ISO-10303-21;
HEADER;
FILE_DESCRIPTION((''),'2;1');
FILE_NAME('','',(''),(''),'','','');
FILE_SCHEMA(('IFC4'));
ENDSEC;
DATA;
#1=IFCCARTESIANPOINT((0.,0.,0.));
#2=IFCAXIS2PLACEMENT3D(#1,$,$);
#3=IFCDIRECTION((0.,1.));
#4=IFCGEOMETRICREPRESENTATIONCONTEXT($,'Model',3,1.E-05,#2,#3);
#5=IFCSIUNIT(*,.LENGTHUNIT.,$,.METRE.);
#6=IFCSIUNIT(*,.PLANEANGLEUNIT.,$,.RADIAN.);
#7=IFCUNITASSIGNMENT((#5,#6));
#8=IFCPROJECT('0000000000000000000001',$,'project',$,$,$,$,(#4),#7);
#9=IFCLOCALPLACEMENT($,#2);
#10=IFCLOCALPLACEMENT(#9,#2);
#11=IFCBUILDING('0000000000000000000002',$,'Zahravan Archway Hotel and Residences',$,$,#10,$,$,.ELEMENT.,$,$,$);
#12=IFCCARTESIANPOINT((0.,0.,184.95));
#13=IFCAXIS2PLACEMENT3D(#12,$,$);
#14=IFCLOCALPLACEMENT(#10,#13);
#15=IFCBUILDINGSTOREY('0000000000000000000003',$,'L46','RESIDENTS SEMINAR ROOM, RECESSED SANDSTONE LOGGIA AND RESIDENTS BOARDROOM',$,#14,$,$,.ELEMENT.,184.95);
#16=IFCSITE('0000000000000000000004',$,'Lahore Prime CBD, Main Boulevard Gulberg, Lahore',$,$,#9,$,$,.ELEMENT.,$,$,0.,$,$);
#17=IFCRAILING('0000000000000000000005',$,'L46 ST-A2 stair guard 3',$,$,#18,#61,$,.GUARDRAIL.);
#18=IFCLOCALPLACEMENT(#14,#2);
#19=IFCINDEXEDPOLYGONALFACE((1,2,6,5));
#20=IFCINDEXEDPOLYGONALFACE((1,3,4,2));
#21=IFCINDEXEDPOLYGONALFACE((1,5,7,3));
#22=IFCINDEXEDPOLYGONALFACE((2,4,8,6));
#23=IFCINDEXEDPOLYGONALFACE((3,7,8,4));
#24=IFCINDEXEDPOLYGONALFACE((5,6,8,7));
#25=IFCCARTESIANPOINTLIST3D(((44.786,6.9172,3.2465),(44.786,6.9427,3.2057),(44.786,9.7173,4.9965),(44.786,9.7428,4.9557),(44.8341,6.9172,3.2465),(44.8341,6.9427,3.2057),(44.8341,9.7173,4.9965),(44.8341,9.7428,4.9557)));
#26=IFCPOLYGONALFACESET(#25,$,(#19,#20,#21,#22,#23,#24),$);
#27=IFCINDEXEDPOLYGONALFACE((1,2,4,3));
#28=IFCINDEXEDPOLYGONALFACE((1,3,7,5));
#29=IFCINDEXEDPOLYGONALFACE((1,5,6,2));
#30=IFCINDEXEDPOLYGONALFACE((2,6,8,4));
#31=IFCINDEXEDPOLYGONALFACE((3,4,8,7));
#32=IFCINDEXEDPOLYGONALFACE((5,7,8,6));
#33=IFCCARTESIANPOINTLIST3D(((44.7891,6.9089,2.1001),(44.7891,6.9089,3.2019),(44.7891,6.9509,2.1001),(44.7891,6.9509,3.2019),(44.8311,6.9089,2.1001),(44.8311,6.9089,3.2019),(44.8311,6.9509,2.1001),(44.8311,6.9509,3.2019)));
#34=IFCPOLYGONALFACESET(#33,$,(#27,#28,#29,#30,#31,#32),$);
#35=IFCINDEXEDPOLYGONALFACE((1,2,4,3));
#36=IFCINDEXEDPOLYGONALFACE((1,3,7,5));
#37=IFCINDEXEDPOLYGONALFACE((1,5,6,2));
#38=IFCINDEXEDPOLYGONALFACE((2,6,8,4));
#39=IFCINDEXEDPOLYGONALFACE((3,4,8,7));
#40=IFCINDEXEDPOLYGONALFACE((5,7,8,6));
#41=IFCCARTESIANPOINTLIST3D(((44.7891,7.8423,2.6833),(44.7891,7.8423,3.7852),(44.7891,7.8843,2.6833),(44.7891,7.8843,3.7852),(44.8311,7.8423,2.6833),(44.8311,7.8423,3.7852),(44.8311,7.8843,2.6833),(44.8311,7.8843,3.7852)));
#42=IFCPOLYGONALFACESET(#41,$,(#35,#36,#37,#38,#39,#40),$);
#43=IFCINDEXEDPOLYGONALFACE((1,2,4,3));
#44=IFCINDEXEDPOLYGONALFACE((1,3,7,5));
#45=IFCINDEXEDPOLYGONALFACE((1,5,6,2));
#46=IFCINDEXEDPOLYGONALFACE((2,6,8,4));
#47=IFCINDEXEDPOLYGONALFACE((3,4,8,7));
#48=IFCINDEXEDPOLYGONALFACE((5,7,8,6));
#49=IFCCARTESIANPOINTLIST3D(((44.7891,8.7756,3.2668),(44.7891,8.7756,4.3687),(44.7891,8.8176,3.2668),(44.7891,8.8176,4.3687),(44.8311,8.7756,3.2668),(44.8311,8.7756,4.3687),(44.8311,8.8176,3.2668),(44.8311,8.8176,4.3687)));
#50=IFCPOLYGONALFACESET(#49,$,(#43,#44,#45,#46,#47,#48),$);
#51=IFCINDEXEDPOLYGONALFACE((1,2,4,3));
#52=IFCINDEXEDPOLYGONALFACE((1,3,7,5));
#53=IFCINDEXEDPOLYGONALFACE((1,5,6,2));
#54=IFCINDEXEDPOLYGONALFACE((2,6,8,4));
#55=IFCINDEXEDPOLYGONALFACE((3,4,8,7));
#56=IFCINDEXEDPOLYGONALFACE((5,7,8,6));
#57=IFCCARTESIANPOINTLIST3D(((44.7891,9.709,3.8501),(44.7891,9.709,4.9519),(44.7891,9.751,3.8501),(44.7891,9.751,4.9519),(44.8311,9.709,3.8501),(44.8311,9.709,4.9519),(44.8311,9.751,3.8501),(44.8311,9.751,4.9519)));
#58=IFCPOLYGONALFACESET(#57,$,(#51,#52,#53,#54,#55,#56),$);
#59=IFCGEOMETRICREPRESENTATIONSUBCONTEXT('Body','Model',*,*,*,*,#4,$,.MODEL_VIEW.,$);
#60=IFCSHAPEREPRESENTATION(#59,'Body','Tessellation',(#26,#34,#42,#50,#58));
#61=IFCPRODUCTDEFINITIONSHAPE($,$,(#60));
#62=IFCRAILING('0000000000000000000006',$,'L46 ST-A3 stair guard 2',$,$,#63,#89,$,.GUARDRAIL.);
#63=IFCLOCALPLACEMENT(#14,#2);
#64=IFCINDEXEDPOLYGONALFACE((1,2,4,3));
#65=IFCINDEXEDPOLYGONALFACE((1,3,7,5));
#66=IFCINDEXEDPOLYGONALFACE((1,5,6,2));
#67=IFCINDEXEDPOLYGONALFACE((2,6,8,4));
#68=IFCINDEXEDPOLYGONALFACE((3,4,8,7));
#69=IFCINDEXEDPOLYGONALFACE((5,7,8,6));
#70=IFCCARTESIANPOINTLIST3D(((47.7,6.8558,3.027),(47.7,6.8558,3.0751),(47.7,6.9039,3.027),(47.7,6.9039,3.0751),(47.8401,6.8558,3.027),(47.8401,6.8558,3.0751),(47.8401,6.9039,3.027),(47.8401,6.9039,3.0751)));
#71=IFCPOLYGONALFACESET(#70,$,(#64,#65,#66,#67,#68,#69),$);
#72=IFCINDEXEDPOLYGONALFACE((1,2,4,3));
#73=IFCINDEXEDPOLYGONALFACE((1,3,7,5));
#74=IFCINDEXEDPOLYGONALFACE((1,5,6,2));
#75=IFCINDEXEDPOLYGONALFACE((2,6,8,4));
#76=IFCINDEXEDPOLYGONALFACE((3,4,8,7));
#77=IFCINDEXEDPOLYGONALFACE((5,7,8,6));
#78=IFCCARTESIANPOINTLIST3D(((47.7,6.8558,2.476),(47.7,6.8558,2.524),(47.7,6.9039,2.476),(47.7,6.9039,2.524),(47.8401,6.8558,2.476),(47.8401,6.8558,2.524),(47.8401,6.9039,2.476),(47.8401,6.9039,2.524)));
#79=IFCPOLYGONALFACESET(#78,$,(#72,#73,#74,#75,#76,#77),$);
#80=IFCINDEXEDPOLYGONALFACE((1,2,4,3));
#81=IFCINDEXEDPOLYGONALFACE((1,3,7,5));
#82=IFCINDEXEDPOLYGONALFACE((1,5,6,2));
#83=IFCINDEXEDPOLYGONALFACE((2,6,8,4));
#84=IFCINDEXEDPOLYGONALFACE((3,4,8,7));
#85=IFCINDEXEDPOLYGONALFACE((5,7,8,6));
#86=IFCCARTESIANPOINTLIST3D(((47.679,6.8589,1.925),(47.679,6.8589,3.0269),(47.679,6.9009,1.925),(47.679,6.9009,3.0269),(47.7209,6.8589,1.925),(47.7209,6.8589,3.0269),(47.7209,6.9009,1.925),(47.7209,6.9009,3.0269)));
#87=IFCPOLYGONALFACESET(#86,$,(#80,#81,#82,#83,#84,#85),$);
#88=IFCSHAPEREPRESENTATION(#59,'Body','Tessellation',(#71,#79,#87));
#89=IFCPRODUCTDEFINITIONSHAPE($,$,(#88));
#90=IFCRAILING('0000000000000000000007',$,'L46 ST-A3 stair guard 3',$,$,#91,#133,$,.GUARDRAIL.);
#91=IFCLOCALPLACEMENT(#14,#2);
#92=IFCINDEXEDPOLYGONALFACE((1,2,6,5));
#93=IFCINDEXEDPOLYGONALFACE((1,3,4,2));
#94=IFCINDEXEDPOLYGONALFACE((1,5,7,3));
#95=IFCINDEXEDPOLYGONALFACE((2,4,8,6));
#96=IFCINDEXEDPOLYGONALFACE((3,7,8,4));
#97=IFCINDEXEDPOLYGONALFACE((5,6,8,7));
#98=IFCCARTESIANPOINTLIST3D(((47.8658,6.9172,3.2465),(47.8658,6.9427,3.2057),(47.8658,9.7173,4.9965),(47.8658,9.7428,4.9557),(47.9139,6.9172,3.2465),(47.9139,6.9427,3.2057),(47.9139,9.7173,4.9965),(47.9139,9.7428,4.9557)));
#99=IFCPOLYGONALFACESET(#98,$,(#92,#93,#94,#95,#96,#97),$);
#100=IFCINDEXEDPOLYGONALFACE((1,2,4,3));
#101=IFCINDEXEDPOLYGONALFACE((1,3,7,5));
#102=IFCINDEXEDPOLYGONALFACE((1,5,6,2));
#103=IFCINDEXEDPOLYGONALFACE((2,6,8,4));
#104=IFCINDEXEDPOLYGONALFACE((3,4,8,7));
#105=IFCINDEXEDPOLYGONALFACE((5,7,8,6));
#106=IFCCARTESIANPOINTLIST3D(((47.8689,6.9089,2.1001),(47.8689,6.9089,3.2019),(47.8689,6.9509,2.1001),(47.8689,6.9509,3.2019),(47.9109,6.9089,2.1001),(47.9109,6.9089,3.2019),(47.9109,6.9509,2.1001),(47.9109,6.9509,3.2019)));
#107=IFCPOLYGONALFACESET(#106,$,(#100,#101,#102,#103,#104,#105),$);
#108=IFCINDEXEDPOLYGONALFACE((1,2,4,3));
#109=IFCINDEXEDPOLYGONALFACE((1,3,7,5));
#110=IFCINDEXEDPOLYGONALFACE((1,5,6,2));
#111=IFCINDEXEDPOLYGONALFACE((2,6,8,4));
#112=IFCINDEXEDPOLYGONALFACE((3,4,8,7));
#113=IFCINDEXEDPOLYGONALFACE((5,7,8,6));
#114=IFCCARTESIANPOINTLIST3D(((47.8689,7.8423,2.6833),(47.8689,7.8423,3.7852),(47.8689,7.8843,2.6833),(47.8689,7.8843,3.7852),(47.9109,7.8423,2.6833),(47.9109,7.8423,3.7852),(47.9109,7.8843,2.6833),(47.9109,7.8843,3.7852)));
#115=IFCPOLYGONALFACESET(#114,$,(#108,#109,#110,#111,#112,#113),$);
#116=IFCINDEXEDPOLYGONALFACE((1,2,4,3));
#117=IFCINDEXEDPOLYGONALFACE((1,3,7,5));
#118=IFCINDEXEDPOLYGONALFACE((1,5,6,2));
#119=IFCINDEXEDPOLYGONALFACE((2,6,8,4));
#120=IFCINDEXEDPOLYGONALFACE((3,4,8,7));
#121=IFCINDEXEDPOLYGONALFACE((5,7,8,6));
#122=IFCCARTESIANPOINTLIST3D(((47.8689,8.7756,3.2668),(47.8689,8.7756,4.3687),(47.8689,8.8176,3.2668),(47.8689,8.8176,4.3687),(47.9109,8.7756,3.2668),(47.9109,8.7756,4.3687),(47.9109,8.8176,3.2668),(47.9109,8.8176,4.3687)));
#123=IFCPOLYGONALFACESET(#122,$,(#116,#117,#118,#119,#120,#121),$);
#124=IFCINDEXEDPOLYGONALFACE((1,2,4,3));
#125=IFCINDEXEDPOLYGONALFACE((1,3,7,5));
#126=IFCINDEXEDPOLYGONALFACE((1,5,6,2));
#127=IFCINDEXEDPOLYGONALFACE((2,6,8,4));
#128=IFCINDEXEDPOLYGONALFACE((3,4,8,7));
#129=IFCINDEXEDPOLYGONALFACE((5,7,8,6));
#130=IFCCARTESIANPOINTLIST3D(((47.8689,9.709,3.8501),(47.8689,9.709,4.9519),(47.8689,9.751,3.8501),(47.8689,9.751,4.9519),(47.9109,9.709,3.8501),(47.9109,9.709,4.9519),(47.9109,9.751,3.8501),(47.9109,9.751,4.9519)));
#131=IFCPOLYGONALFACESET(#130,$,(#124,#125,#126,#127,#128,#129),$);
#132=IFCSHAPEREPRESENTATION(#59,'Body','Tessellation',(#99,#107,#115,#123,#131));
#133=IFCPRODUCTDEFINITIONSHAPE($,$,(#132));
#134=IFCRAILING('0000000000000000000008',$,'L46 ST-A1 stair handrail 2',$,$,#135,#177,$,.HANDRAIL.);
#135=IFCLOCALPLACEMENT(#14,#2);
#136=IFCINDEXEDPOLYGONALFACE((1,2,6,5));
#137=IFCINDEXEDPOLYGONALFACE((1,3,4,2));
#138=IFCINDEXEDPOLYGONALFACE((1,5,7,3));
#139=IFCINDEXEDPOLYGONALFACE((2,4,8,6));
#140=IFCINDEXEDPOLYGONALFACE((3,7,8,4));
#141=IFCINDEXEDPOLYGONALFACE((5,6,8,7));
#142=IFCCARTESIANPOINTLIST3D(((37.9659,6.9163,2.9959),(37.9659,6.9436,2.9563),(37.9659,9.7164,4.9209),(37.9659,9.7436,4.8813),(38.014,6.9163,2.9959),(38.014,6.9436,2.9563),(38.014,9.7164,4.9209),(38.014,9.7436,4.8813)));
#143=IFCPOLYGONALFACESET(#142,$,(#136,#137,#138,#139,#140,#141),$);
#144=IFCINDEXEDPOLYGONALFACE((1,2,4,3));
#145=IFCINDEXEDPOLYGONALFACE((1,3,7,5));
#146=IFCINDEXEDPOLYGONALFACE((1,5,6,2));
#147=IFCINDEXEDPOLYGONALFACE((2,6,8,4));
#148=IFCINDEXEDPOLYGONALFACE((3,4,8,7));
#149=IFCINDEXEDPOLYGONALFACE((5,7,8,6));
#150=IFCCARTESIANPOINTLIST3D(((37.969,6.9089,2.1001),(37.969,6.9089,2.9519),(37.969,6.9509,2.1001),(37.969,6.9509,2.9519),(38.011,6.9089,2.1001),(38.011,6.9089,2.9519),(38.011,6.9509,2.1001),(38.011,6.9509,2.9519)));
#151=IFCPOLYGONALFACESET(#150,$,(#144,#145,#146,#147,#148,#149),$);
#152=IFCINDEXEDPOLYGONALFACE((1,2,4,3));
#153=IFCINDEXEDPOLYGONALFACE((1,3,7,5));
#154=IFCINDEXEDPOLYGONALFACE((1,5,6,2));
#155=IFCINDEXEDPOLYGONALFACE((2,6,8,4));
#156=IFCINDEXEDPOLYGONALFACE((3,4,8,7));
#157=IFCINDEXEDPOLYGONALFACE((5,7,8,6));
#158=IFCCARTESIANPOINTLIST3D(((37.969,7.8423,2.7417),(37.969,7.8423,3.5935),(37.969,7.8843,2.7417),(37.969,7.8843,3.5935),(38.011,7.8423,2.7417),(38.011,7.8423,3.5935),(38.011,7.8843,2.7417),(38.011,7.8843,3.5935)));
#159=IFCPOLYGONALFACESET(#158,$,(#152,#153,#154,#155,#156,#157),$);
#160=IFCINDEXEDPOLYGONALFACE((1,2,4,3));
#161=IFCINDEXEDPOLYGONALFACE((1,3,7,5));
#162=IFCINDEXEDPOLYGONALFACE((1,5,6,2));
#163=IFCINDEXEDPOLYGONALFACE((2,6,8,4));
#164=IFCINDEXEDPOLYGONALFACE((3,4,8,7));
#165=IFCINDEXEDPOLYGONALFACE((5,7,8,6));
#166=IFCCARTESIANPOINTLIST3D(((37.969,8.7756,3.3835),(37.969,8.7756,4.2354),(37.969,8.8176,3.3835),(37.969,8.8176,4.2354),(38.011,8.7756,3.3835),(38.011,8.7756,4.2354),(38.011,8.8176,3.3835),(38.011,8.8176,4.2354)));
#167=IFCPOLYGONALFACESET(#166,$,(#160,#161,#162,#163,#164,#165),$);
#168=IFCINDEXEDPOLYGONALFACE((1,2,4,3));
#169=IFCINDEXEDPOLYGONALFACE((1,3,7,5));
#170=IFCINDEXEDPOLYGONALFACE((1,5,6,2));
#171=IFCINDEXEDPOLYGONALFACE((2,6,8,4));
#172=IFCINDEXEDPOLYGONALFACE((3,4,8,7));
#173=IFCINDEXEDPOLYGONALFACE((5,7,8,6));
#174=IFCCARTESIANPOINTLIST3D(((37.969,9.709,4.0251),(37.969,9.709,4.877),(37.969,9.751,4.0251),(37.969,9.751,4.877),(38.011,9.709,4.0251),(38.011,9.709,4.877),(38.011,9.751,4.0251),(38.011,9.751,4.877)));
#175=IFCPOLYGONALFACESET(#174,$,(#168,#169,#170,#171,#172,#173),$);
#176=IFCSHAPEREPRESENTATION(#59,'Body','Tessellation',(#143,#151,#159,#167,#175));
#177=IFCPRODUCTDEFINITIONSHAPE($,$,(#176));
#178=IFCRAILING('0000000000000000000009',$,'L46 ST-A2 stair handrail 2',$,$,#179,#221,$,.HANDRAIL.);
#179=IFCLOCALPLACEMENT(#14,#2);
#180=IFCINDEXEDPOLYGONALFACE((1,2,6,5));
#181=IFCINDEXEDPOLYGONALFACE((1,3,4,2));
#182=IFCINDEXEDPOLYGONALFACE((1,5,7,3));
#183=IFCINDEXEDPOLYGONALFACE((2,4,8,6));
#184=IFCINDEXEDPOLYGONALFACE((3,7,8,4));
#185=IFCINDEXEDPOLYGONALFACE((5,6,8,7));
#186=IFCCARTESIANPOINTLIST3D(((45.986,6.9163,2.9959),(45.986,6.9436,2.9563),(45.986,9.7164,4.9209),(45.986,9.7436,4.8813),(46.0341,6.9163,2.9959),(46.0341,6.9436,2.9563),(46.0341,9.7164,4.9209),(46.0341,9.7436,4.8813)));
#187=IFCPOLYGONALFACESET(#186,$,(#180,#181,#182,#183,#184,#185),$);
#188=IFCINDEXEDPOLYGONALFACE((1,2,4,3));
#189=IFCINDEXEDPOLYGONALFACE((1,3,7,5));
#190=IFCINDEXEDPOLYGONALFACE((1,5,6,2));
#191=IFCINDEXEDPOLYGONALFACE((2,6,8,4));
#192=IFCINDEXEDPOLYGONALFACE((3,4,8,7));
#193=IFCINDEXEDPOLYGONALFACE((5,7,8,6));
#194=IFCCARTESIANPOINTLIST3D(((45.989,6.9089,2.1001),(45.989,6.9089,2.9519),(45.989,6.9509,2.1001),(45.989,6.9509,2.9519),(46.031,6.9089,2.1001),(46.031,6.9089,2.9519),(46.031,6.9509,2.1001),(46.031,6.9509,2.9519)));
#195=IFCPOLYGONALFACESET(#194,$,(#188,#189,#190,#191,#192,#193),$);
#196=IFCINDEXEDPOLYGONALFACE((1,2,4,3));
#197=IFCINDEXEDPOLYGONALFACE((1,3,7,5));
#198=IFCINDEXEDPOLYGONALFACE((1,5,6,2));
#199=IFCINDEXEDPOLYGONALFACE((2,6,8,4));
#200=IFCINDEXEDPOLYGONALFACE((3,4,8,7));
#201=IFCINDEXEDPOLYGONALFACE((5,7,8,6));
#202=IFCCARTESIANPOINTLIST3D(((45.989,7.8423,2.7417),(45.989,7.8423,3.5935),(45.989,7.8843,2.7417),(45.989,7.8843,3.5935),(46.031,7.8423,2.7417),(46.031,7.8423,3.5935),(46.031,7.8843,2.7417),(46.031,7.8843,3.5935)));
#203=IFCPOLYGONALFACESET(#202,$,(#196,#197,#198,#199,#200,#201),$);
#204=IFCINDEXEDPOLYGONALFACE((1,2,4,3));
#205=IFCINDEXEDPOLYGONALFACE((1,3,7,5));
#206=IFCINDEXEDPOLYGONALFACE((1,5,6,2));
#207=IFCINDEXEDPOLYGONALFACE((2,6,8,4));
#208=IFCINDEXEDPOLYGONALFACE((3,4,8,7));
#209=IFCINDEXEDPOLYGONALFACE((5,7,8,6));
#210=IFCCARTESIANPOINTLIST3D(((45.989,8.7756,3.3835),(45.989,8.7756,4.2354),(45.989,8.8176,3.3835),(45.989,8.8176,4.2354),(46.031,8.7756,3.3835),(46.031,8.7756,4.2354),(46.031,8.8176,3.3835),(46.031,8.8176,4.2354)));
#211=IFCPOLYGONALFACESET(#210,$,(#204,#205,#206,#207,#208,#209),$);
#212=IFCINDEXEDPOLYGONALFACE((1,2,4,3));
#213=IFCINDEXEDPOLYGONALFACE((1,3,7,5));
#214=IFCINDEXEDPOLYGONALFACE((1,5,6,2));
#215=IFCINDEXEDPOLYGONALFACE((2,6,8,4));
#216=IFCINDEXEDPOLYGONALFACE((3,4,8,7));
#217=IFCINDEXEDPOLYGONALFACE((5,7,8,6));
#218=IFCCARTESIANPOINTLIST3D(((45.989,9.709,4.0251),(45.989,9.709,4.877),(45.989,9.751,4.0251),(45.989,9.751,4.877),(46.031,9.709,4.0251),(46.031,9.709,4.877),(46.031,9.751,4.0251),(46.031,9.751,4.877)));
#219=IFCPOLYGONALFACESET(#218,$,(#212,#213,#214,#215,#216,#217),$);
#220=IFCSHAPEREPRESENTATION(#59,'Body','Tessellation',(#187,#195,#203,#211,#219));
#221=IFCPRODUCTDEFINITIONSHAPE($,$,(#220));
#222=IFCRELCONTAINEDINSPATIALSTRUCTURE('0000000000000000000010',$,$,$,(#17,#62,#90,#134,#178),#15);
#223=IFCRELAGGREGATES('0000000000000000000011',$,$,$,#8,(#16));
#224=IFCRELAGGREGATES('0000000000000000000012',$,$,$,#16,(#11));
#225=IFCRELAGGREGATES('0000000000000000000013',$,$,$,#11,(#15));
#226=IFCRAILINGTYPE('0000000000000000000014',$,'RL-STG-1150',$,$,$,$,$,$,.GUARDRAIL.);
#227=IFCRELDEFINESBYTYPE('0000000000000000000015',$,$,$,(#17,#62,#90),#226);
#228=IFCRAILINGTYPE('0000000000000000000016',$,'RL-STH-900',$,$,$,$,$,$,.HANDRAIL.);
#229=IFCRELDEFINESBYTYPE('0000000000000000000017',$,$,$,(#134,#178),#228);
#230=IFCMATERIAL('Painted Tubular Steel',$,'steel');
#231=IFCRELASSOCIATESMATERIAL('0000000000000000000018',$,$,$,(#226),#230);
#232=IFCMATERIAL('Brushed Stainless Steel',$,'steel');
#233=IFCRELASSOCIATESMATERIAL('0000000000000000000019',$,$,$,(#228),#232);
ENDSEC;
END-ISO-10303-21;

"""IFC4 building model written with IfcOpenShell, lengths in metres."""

from ifc_helpers import new_model, si_unit, direction, frame, origin, origin_2d, place, context, subcontext, project, spatial, rectangle, extrude, material, type_object, element, save


model = new_model("IFC4")

# Units and contexts
model_context = context("Model", 3, precision=1e-05, world=origin(), true_north=direction((0.0, 1.0)))
body_context = subcontext(model_context, "Body", "Model", "MODEL_VIEW")
ifc_project = project(units=[si_unit("LENGTHUNIT", "METRE"), si_unit("PLANEANGLEUNIT", "RADIAN")], contexts=[model_context])

# Site, building, storey
site_placement = place(None, origin())
site = spatial("IfcSite", under=ifc_project, at=site_placement, Name="Lahore Prime CBD, Main Boulevard Gulberg, Lahore", CompositionType="ELEMENT", RefElevation=0.0)
building_placement = place(site_placement, origin())
building = spatial("IfcBuilding", under=site, at=building_placement, Name="Zahravan Archway Hotel and Residences", CompositionType="ELEMENT")
storey_placement = place(building_placement, frame((0.0, 0.0, 184.95)))
storey = spatial("IfcBuildingStorey", under=building, at=storey_placement, Name="L46", Description="RESIDENTS SEMINAR ROOM, RECESSED SANDSTONE LOGGIA AND RESIDENTS BOARDROOM", CompositionType="ELEMENT", Elevation=184.95)

# Railings
ifc_material_1 = material(Name="Painted Tubular Steel", Category="steel")
railing_type_1 = type_object("IfcRailingType", Name="RL-STG-1150", PredefinedType="GUARDRAIL", material=ifc_material_1)
railing_1_placement = place(storey_placement, frame((44.8101, 6.9299, 2.1001)))
element("IfcRailing", 1, at=railing_1_placement, inside=storey, type_object=railing_type_1, Name="L46 ST-A2 stair guard 3", PredefinedType="GUARDRAIL", context=body_context, shape_type="SweptSolid", body=[
    extrude(rectangle(XDim=0.0481, YDim=0.0481, at=origin_2d()), frame((0.0, 0.0, 1.126), z_axis=(0.0, 0.848002, 0.529992), x_axis=(-1.0, 0.0, 0.0)), (0.0, 0.0, 1.0), 3.302),
    extrude(rectangle(XDim=0.042, YDim=0.042, at=origin_2d()), origin(), (0.0, 0.0, 1.0), 1.1018),
    extrude(rectangle(XDim=0.042, YDim=0.042, at=origin_2d()), frame((0.0, 0.9333, 0.5833)), (0.0, 0.0, 1.0), 1.1018),
    extrude(rectangle(XDim=0.042, YDim=0.042, at=origin_2d()), frame((0.0, 1.8667, 1.1667)), (0.0, 0.0, 1.0), 1.1018),
    extrude(rectangle(XDim=0.042, YDim=0.042, at=origin_2d()), frame((0.0, 2.8, 1.75)), (0.0, 0.0, 1.0), 1.1018),
])
railing_2_placement = place(storey_placement, frame((47.7, 6.8799, 1.925)))
element("IfcRailing", 2, at=railing_2_placement, inside=storey, type_object=railing_type_1, Name="L46 ST-A3 stair guard 2", PredefinedType="GUARDRAIL", context=body_context, shape_type="SweptSolid", body=[
    extrude(rectangle(XDim=0.0481, YDim=0.0481, at=origin_2d()), frame((0.0, 0.0, 1.126), z_axis=(1.0, 0.0, 0.0), x_axis=(0.0, 1.0, 0.0)), (0.0, 0.0, 1.0), 0.1401),
    extrude(rectangle(XDim=0.0481, YDim=0.0481, at=origin_2d()), frame((0.0, 0.0, 0.575), z_axis=(1.0, 0.0, 0.0), x_axis=(0.0, 1.0, 0.0)), (0.0, 0.0, 1.0), 0.1401),
    extrude(rectangle(XDim=0.042, YDim=0.042, at=origin_2d()), origin(), (0.0, 0.0, 1.0), 1.1018),
])
railing_3_placement = place(storey_placement, frame((47.8899, 6.9299, 2.1001)))
element("IfcRailing", 3, at=railing_3_placement, inside=storey, type_object=railing_type_1, Name="L46 ST-A3 stair guard 3", PredefinedType="GUARDRAIL", context=body_context, shape_type="SweptSolid", body=[
    extrude(rectangle(XDim=0.0481, YDim=0.0481, at=origin_2d()), frame((0.0, 0.0, 1.126), z_axis=(0.0, 0.848002, 0.529992), x_axis=(-1.0, 0.0, 0.0)), (0.0, 0.0, 1.0), 3.302),
    extrude(rectangle(XDim=0.042, YDim=0.042, at=origin_2d()), origin(), (0.0, 0.0, 1.0), 1.1018),
    extrude(rectangle(XDim=0.042, YDim=0.042, at=origin_2d()), frame((0.0, 0.9333, 0.5833)), (0.0, 0.0, 1.0), 1.1018),
    extrude(rectangle(XDim=0.042, YDim=0.042, at=origin_2d()), frame((0.0, 1.8667, 1.1667)), (0.0, 0.0, 1.0), 1.1018),
    extrude(rectangle(XDim=0.042, YDim=0.042, at=origin_2d()), frame((0.0, 2.8, 1.75)), (0.0, 0.0, 1.0), 1.1018),
])
ifc_material_2 = material(Name="Brushed Stainless Steel", Category="steel")
railing_type_2 = type_object("IfcRailingType", Name="RL-STH-900", PredefinedType="HANDRAIL", material=ifc_material_2)
for number, where, name in (
    (4, (37.99, 6.9299, 2.1001), "L46 ST-A1 stair handrail 2"),
    (5, (46.01, 6.9299, 2.1001), "L46 ST-A2 stair handrail 2"),
):
    element("IfcRailing", number, at=place(storey_placement, frame(where)), inside=storey, type_object=railing_type_2, Name=name, PredefinedType="HANDRAIL", context=body_context, shape_type="SweptSolid", body=[
        extrude(rectangle(XDim=0.0481, YDim=0.0481, at=origin_2d()), frame((0.0, 0.0, 0.876), z_axis=(0.0, 0.82404, 0.566532), x_axis=(-1.0, 0.0, 0.0)), (0.0, 0.0, 1.0), 3.3979),
        extrude(rectangle(XDim=0.042, YDim=0.042, at=origin_2d()), origin(), (0.0, 0.0, 1.0), 0.8518),
        extrude(rectangle(XDim=0.042, YDim=0.042, at=origin_2d()), frame((0.0, 0.9333, 0.6416)), (0.0, 0.0, 1.0), 0.8518),
        extrude(rectangle(XDim=0.042, YDim=0.042, at=origin_2d()), frame((0.0, 1.8667, 1.2834)), (0.0, 0.0, 1.0), 0.8518),
        extrude(rectangle(XDim=0.042, YDim=0.042, at=origin_2d()), frame((0.0, 2.8, 1.925)), (0.0, 0.0, 1.0), 0.8518),
    ])

save(model, "model.ifc")
